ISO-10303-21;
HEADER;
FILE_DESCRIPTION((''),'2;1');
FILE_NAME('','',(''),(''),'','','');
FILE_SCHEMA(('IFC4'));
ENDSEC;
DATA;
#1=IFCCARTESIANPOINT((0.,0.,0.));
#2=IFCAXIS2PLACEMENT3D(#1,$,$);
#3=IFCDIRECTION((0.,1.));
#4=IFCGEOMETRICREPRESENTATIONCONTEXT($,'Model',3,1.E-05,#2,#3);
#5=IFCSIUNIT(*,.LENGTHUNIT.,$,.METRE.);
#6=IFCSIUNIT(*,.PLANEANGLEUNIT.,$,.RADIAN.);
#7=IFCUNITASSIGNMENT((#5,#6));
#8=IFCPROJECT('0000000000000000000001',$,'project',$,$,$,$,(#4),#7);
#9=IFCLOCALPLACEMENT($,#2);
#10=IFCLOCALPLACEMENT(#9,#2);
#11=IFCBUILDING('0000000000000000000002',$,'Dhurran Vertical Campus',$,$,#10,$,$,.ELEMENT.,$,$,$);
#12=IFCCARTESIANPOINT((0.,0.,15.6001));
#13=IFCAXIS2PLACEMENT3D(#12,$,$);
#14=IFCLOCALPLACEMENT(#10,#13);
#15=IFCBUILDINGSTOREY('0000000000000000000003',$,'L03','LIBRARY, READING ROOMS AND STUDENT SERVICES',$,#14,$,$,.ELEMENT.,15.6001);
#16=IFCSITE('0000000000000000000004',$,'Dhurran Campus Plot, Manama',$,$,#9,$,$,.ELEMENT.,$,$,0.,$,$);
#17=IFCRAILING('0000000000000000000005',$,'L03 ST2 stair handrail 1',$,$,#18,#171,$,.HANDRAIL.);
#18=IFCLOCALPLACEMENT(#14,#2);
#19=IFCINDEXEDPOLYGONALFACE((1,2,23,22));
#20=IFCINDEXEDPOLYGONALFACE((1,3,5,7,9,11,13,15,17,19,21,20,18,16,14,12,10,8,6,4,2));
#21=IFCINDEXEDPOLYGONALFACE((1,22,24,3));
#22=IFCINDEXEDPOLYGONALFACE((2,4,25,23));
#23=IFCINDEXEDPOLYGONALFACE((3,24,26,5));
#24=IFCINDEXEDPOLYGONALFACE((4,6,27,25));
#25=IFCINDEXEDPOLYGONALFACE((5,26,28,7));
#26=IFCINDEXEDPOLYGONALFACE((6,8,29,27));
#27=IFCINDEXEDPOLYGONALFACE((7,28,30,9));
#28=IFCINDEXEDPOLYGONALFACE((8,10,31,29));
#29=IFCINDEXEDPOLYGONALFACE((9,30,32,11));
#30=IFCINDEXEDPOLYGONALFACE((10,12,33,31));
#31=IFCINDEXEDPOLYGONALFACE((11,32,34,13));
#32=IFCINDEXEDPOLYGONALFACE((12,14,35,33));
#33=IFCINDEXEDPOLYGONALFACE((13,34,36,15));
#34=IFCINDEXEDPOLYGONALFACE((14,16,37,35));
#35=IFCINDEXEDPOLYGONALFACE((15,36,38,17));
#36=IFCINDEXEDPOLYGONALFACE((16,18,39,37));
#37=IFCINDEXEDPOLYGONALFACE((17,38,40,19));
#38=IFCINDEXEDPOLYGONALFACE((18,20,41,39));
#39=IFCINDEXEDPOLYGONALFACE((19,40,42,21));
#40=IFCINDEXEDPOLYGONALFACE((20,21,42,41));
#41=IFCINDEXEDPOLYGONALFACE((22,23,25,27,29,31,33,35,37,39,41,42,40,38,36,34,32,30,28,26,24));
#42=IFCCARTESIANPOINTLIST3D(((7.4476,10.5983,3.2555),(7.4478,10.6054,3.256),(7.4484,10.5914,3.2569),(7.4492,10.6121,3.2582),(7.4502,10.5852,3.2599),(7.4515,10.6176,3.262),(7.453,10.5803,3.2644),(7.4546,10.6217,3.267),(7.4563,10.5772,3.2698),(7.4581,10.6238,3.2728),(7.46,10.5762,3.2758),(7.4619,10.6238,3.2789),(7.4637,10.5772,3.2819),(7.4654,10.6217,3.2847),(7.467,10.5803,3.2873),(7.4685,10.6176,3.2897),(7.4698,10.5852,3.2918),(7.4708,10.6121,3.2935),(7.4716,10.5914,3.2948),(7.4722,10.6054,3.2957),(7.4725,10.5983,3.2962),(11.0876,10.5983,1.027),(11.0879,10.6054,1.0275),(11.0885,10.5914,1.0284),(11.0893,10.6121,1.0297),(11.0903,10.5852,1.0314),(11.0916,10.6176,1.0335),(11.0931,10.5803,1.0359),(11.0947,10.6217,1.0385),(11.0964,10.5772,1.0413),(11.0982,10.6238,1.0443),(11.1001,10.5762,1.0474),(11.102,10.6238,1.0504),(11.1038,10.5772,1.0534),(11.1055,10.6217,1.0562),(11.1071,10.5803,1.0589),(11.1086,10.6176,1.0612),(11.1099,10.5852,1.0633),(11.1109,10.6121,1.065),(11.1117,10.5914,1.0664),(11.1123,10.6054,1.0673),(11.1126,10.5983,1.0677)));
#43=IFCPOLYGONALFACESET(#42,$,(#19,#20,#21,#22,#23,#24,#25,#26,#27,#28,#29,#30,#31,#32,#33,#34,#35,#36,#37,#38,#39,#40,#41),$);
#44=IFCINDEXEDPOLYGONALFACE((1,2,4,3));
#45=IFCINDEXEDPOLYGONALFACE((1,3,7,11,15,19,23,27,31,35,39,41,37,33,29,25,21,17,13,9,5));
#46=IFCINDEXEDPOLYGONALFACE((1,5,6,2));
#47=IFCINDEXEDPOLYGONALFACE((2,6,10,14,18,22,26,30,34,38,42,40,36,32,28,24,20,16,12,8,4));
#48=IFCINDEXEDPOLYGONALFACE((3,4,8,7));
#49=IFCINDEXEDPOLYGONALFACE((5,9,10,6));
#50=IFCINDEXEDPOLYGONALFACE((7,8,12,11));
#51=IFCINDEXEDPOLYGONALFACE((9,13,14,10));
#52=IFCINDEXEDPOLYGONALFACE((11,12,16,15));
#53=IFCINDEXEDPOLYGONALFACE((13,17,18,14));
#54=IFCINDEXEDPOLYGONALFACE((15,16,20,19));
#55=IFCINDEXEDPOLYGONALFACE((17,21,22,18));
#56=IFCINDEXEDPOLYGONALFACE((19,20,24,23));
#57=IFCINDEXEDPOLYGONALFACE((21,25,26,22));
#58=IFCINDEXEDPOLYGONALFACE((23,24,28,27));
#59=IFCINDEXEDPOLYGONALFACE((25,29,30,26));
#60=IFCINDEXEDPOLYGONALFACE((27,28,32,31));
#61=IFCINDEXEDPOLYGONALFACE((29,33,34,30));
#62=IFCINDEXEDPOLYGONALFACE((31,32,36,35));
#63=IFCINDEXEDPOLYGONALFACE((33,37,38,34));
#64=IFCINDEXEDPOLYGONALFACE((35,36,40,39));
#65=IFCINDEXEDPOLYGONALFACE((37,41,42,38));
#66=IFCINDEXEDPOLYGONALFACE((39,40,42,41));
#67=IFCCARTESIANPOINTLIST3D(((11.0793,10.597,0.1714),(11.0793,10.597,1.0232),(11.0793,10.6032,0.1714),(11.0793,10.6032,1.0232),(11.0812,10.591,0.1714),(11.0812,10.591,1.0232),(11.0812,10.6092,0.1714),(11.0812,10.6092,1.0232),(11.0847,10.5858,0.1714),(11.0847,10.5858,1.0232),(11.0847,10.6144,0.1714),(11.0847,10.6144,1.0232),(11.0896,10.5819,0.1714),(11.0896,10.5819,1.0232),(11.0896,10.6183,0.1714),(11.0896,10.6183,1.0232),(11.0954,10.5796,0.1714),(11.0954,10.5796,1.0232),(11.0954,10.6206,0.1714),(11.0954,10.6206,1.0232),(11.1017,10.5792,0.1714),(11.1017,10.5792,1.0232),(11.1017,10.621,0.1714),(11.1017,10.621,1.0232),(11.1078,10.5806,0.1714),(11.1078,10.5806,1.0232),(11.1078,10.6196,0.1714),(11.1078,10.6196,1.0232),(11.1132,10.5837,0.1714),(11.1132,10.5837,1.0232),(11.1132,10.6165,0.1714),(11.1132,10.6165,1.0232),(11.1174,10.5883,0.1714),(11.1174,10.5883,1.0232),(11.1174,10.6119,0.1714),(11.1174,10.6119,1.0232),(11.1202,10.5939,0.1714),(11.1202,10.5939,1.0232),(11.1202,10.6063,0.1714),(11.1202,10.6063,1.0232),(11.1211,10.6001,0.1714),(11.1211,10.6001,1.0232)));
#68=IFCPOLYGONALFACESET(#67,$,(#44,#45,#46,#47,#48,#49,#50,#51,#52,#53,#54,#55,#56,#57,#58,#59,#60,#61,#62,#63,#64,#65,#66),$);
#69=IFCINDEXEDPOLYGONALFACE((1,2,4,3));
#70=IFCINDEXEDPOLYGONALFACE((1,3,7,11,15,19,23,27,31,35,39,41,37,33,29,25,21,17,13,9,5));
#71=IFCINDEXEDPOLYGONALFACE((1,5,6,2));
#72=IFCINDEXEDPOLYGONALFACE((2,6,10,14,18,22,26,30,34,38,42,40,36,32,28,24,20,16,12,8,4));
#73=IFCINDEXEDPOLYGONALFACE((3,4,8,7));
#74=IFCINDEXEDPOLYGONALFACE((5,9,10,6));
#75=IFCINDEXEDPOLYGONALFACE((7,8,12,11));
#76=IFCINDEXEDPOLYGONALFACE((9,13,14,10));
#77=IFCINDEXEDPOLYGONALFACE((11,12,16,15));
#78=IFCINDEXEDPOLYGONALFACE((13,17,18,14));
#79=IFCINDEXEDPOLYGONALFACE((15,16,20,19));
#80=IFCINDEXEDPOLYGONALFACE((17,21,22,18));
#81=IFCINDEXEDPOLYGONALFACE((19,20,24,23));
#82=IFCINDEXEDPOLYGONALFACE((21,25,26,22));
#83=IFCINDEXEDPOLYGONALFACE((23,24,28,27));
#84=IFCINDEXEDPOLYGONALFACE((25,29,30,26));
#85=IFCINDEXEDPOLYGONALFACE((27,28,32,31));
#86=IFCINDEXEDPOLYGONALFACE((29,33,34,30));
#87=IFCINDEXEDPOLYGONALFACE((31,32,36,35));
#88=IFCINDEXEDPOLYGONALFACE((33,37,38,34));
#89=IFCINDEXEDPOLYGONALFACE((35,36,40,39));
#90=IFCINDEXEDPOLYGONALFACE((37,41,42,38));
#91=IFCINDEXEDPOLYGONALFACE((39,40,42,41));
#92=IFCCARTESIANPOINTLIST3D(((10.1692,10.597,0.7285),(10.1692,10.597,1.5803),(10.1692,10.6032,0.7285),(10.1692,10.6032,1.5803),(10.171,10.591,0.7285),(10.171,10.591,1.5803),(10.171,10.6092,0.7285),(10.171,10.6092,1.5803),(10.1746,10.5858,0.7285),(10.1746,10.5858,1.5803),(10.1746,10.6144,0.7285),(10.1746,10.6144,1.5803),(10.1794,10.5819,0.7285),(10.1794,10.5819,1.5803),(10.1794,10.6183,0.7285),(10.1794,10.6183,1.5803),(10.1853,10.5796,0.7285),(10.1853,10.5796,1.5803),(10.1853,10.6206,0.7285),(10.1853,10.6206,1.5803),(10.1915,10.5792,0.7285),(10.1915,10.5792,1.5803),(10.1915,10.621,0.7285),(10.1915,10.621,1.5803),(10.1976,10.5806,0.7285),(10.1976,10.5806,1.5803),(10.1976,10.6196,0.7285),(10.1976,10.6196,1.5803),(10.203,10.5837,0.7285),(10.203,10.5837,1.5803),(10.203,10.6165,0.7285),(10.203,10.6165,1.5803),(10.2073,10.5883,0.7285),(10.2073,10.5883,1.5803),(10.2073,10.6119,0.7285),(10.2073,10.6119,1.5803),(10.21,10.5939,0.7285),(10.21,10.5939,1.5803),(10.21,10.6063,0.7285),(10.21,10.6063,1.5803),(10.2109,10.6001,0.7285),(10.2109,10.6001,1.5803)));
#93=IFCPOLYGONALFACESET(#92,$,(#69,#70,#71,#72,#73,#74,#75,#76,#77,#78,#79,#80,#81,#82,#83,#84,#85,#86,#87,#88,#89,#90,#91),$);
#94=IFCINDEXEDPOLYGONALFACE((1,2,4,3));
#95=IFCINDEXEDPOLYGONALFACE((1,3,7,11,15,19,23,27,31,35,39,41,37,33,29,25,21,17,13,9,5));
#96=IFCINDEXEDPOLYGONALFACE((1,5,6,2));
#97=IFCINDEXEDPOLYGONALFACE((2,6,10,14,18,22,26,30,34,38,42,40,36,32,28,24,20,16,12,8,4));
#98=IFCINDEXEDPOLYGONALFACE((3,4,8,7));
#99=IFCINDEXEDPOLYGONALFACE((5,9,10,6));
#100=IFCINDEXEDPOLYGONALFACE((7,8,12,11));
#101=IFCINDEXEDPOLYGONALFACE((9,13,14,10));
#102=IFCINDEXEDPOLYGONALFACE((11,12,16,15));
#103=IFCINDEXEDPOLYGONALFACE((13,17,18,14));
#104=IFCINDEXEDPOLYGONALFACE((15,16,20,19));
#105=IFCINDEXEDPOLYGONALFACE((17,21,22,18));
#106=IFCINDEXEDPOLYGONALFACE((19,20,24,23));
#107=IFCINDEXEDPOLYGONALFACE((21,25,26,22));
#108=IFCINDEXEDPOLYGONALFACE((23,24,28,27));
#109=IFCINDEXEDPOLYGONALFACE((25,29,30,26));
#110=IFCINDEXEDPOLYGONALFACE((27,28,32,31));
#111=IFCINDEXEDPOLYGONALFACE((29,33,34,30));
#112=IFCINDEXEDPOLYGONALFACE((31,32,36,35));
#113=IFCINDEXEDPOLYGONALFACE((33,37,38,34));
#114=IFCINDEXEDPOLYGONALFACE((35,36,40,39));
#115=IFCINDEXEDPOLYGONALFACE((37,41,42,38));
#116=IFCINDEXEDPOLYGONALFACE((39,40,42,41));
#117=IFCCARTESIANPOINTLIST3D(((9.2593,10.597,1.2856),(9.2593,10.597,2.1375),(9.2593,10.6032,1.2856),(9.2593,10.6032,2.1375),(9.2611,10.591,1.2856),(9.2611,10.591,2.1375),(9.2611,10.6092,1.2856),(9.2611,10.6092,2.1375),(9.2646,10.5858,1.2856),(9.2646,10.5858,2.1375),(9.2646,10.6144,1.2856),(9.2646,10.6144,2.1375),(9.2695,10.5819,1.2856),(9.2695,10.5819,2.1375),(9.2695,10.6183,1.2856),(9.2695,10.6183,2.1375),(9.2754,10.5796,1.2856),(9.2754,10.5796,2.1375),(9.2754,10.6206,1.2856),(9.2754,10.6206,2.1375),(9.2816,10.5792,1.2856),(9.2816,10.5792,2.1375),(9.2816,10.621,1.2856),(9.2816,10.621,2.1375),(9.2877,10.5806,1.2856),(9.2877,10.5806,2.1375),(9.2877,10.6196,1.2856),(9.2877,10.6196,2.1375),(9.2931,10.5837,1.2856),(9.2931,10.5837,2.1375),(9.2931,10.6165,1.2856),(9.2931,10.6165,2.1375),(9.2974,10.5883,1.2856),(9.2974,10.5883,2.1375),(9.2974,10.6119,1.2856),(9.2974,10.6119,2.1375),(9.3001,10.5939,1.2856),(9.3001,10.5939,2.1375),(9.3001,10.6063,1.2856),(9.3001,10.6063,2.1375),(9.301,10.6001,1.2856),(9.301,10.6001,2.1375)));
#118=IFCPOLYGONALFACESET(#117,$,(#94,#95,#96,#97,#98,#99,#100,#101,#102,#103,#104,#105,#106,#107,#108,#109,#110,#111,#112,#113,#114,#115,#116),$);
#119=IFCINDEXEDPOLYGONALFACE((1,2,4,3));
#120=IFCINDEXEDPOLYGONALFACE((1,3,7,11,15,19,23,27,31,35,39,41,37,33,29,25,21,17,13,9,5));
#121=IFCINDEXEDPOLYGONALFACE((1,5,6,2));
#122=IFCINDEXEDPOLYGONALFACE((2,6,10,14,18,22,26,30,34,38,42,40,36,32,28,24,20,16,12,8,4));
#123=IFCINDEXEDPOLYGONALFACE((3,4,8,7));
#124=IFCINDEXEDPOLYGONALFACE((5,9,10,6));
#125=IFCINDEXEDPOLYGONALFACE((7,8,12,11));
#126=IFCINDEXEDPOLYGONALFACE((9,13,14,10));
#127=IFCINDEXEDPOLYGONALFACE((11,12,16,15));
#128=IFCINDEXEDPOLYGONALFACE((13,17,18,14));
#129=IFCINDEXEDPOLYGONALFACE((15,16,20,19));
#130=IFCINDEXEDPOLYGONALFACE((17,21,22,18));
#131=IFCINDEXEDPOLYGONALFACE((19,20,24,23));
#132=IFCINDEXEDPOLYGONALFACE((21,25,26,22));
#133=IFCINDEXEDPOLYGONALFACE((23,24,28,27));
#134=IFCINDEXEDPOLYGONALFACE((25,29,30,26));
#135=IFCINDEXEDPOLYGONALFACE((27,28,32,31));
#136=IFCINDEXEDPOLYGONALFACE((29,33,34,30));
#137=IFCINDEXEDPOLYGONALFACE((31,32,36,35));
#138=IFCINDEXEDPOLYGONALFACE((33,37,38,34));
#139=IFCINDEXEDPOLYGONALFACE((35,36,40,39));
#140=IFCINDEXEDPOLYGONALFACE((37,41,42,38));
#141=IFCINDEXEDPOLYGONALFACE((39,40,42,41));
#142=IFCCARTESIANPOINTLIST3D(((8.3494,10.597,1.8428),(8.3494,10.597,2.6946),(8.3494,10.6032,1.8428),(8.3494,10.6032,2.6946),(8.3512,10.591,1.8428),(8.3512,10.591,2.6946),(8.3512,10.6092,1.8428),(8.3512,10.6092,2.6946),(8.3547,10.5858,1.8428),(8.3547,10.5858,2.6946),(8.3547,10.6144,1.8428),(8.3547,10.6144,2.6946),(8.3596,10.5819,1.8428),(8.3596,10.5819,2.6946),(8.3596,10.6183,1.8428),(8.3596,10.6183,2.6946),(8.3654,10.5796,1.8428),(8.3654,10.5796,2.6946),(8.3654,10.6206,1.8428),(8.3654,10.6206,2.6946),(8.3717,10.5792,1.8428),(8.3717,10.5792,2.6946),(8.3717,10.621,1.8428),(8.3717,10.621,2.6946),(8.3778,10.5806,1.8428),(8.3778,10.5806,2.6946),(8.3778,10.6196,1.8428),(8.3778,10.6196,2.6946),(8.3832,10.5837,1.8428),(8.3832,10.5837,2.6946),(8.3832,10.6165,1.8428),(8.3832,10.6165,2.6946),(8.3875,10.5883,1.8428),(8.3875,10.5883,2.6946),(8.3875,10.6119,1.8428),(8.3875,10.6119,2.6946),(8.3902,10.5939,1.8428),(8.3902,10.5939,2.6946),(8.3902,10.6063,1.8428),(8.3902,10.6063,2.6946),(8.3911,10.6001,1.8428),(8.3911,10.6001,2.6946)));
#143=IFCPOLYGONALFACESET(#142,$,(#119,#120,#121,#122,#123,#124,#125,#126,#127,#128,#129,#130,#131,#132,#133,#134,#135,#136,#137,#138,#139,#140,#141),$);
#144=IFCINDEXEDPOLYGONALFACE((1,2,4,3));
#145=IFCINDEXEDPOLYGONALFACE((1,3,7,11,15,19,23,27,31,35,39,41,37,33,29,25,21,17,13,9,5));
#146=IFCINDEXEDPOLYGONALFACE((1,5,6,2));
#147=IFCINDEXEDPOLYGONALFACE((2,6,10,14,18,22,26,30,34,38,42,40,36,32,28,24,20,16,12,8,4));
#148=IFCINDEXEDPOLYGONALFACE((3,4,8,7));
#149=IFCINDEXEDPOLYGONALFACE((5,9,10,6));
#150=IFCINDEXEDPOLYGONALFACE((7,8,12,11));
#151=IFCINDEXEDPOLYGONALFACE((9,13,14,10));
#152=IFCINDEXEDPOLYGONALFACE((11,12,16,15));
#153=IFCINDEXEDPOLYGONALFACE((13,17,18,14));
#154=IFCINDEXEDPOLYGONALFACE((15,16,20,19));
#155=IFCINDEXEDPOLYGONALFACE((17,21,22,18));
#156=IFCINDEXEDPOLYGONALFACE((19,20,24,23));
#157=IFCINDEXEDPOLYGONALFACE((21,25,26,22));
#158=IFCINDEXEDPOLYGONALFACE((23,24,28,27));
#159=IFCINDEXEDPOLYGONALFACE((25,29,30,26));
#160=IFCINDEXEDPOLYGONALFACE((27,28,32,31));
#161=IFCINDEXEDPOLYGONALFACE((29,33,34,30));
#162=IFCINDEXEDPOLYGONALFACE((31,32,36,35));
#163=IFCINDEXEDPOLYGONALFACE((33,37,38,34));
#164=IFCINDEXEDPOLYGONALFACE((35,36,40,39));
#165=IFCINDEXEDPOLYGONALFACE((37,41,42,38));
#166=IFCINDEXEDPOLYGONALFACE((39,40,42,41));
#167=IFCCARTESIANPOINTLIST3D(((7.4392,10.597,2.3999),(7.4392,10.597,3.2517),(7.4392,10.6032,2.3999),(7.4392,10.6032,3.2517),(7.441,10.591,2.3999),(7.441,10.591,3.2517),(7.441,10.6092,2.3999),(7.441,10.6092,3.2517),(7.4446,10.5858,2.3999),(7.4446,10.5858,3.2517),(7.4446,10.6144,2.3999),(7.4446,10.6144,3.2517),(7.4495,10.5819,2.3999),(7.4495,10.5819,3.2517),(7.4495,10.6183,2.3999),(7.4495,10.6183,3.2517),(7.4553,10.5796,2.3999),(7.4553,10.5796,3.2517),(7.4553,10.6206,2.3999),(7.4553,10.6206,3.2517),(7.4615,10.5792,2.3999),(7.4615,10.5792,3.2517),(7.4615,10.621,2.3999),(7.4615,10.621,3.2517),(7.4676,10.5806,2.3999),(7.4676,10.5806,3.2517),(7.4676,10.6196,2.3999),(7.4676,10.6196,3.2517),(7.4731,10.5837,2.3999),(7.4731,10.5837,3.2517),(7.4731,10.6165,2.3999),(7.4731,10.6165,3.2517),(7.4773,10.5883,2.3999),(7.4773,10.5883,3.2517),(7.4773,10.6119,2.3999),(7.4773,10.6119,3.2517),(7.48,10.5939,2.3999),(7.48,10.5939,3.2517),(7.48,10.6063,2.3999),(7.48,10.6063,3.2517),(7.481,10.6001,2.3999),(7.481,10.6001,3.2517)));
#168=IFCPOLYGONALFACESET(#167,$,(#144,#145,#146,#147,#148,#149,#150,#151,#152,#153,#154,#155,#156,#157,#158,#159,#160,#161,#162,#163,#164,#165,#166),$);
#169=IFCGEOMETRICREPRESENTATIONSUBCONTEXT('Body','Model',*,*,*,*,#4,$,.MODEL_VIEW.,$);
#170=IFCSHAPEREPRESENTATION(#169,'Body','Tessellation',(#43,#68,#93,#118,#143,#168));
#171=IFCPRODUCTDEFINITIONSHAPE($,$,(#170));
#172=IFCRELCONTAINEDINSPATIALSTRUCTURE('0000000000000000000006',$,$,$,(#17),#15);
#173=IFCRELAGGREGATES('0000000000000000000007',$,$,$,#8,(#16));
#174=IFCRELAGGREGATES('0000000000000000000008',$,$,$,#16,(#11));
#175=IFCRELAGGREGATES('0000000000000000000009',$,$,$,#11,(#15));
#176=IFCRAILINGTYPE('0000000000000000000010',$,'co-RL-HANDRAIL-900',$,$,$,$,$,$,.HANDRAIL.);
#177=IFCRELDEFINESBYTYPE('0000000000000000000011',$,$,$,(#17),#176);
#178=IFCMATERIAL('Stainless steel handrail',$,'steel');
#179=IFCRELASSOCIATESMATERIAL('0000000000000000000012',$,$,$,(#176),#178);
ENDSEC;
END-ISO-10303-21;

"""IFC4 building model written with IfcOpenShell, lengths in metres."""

from ifc_helpers import new_model, si_unit, direction, frame, origin, origin_2d, place, context, subcontext, project, spatial, circle, extrude, material, type_object, element, save


model = new_model("IFC4")

# Units and contexts
model_context = context("Model", 3, precision=1e-05, world=origin(), true_north=direction((0.0, 1.0)))
body_context = subcontext(model_context, "Body", "Model", "MODEL_VIEW")
ifc_project = project(units=[si_unit("LENGTHUNIT", "METRE"), si_unit("PLANEANGLEUNIT", "RADIAN")], contexts=[model_context])

# Site, building, storey
site_placement = place(None, origin())
site = spatial("IfcSite", under=ifc_project, at=site_placement, Name="Dhurran Campus Plot, Manama", CompositionType="ELEMENT", RefElevation=0.0)
building_placement = place(site_placement, origin())
building = spatial("IfcBuilding", under=site, at=building_placement, Name="Dhurran Vertical Campus", CompositionType="ELEMENT")
storey_placement = place(building_placement, frame((0.0, 0.0, 15.6001)))
storey = spatial("IfcBuildingStorey", under=building, at=storey_placement, Name="L03", Description="LIBRARY, READING ROOMS AND STUDENT SERVICES", CompositionType="ELEMENT", Elevation=15.6001)

# Railing
ifc_material_1 = material(Name="Stainless steel handrail", Category="steel")
railing_type_1 = type_object("IfcRailingType", Name="co-RL-HANDRAIL-900", PredefinedType="HANDRAIL", material=ifc_material_1)
railing_1_placement = place(storey_placement, frame((11.1001, 10.6001, 0.1714)))
element("IfcRailing", 1, at=railing_1_placement, inside=storey, type_object=railing_type_1, Name="L03 ST2 stair handrail 1", PredefinedType="HANDRAIL", context=body_context, shape_type="SweptSolid", body=[
    extrude(circle(Radius=0.0239, at=origin_2d()), frame((0.0, 0.0, 0.876), z_axis=(-0.852866, 0.0, 0.52213), x_axis=(0.0, -1.0, 0.0)), (0.0, 0.0, 1.0), 4.2681),
    extrude(circle(Radius=0.021, at=origin_2d()), origin(), (0.0, 0.0, 1.0), 0.8518),
    extrude(circle(Radius=0.021, at=origin_2d()), frame((-0.9102, 0.0, 0.5571)), (0.0, 0.0, 1.0), 0.8518),
    extrude(circle(Radius=0.021, at=origin_2d()), frame((-1.8201, 0.0, 1.1143)), (0.0, 0.0, 1.0), 0.8518),
    extrude(circle(Radius=0.021, at=origin_2d()), frame((-2.73, 0.0, 1.6714)), (0.0, 0.0, 1.0), 0.8518),
    extrude(circle(Radius=0.021, at=origin_2d()), frame((-3.6401, 0.0, 2.2285)), (0.0, 0.0, 1.0), 0.8518),
])

save(model, "model.ifc")
